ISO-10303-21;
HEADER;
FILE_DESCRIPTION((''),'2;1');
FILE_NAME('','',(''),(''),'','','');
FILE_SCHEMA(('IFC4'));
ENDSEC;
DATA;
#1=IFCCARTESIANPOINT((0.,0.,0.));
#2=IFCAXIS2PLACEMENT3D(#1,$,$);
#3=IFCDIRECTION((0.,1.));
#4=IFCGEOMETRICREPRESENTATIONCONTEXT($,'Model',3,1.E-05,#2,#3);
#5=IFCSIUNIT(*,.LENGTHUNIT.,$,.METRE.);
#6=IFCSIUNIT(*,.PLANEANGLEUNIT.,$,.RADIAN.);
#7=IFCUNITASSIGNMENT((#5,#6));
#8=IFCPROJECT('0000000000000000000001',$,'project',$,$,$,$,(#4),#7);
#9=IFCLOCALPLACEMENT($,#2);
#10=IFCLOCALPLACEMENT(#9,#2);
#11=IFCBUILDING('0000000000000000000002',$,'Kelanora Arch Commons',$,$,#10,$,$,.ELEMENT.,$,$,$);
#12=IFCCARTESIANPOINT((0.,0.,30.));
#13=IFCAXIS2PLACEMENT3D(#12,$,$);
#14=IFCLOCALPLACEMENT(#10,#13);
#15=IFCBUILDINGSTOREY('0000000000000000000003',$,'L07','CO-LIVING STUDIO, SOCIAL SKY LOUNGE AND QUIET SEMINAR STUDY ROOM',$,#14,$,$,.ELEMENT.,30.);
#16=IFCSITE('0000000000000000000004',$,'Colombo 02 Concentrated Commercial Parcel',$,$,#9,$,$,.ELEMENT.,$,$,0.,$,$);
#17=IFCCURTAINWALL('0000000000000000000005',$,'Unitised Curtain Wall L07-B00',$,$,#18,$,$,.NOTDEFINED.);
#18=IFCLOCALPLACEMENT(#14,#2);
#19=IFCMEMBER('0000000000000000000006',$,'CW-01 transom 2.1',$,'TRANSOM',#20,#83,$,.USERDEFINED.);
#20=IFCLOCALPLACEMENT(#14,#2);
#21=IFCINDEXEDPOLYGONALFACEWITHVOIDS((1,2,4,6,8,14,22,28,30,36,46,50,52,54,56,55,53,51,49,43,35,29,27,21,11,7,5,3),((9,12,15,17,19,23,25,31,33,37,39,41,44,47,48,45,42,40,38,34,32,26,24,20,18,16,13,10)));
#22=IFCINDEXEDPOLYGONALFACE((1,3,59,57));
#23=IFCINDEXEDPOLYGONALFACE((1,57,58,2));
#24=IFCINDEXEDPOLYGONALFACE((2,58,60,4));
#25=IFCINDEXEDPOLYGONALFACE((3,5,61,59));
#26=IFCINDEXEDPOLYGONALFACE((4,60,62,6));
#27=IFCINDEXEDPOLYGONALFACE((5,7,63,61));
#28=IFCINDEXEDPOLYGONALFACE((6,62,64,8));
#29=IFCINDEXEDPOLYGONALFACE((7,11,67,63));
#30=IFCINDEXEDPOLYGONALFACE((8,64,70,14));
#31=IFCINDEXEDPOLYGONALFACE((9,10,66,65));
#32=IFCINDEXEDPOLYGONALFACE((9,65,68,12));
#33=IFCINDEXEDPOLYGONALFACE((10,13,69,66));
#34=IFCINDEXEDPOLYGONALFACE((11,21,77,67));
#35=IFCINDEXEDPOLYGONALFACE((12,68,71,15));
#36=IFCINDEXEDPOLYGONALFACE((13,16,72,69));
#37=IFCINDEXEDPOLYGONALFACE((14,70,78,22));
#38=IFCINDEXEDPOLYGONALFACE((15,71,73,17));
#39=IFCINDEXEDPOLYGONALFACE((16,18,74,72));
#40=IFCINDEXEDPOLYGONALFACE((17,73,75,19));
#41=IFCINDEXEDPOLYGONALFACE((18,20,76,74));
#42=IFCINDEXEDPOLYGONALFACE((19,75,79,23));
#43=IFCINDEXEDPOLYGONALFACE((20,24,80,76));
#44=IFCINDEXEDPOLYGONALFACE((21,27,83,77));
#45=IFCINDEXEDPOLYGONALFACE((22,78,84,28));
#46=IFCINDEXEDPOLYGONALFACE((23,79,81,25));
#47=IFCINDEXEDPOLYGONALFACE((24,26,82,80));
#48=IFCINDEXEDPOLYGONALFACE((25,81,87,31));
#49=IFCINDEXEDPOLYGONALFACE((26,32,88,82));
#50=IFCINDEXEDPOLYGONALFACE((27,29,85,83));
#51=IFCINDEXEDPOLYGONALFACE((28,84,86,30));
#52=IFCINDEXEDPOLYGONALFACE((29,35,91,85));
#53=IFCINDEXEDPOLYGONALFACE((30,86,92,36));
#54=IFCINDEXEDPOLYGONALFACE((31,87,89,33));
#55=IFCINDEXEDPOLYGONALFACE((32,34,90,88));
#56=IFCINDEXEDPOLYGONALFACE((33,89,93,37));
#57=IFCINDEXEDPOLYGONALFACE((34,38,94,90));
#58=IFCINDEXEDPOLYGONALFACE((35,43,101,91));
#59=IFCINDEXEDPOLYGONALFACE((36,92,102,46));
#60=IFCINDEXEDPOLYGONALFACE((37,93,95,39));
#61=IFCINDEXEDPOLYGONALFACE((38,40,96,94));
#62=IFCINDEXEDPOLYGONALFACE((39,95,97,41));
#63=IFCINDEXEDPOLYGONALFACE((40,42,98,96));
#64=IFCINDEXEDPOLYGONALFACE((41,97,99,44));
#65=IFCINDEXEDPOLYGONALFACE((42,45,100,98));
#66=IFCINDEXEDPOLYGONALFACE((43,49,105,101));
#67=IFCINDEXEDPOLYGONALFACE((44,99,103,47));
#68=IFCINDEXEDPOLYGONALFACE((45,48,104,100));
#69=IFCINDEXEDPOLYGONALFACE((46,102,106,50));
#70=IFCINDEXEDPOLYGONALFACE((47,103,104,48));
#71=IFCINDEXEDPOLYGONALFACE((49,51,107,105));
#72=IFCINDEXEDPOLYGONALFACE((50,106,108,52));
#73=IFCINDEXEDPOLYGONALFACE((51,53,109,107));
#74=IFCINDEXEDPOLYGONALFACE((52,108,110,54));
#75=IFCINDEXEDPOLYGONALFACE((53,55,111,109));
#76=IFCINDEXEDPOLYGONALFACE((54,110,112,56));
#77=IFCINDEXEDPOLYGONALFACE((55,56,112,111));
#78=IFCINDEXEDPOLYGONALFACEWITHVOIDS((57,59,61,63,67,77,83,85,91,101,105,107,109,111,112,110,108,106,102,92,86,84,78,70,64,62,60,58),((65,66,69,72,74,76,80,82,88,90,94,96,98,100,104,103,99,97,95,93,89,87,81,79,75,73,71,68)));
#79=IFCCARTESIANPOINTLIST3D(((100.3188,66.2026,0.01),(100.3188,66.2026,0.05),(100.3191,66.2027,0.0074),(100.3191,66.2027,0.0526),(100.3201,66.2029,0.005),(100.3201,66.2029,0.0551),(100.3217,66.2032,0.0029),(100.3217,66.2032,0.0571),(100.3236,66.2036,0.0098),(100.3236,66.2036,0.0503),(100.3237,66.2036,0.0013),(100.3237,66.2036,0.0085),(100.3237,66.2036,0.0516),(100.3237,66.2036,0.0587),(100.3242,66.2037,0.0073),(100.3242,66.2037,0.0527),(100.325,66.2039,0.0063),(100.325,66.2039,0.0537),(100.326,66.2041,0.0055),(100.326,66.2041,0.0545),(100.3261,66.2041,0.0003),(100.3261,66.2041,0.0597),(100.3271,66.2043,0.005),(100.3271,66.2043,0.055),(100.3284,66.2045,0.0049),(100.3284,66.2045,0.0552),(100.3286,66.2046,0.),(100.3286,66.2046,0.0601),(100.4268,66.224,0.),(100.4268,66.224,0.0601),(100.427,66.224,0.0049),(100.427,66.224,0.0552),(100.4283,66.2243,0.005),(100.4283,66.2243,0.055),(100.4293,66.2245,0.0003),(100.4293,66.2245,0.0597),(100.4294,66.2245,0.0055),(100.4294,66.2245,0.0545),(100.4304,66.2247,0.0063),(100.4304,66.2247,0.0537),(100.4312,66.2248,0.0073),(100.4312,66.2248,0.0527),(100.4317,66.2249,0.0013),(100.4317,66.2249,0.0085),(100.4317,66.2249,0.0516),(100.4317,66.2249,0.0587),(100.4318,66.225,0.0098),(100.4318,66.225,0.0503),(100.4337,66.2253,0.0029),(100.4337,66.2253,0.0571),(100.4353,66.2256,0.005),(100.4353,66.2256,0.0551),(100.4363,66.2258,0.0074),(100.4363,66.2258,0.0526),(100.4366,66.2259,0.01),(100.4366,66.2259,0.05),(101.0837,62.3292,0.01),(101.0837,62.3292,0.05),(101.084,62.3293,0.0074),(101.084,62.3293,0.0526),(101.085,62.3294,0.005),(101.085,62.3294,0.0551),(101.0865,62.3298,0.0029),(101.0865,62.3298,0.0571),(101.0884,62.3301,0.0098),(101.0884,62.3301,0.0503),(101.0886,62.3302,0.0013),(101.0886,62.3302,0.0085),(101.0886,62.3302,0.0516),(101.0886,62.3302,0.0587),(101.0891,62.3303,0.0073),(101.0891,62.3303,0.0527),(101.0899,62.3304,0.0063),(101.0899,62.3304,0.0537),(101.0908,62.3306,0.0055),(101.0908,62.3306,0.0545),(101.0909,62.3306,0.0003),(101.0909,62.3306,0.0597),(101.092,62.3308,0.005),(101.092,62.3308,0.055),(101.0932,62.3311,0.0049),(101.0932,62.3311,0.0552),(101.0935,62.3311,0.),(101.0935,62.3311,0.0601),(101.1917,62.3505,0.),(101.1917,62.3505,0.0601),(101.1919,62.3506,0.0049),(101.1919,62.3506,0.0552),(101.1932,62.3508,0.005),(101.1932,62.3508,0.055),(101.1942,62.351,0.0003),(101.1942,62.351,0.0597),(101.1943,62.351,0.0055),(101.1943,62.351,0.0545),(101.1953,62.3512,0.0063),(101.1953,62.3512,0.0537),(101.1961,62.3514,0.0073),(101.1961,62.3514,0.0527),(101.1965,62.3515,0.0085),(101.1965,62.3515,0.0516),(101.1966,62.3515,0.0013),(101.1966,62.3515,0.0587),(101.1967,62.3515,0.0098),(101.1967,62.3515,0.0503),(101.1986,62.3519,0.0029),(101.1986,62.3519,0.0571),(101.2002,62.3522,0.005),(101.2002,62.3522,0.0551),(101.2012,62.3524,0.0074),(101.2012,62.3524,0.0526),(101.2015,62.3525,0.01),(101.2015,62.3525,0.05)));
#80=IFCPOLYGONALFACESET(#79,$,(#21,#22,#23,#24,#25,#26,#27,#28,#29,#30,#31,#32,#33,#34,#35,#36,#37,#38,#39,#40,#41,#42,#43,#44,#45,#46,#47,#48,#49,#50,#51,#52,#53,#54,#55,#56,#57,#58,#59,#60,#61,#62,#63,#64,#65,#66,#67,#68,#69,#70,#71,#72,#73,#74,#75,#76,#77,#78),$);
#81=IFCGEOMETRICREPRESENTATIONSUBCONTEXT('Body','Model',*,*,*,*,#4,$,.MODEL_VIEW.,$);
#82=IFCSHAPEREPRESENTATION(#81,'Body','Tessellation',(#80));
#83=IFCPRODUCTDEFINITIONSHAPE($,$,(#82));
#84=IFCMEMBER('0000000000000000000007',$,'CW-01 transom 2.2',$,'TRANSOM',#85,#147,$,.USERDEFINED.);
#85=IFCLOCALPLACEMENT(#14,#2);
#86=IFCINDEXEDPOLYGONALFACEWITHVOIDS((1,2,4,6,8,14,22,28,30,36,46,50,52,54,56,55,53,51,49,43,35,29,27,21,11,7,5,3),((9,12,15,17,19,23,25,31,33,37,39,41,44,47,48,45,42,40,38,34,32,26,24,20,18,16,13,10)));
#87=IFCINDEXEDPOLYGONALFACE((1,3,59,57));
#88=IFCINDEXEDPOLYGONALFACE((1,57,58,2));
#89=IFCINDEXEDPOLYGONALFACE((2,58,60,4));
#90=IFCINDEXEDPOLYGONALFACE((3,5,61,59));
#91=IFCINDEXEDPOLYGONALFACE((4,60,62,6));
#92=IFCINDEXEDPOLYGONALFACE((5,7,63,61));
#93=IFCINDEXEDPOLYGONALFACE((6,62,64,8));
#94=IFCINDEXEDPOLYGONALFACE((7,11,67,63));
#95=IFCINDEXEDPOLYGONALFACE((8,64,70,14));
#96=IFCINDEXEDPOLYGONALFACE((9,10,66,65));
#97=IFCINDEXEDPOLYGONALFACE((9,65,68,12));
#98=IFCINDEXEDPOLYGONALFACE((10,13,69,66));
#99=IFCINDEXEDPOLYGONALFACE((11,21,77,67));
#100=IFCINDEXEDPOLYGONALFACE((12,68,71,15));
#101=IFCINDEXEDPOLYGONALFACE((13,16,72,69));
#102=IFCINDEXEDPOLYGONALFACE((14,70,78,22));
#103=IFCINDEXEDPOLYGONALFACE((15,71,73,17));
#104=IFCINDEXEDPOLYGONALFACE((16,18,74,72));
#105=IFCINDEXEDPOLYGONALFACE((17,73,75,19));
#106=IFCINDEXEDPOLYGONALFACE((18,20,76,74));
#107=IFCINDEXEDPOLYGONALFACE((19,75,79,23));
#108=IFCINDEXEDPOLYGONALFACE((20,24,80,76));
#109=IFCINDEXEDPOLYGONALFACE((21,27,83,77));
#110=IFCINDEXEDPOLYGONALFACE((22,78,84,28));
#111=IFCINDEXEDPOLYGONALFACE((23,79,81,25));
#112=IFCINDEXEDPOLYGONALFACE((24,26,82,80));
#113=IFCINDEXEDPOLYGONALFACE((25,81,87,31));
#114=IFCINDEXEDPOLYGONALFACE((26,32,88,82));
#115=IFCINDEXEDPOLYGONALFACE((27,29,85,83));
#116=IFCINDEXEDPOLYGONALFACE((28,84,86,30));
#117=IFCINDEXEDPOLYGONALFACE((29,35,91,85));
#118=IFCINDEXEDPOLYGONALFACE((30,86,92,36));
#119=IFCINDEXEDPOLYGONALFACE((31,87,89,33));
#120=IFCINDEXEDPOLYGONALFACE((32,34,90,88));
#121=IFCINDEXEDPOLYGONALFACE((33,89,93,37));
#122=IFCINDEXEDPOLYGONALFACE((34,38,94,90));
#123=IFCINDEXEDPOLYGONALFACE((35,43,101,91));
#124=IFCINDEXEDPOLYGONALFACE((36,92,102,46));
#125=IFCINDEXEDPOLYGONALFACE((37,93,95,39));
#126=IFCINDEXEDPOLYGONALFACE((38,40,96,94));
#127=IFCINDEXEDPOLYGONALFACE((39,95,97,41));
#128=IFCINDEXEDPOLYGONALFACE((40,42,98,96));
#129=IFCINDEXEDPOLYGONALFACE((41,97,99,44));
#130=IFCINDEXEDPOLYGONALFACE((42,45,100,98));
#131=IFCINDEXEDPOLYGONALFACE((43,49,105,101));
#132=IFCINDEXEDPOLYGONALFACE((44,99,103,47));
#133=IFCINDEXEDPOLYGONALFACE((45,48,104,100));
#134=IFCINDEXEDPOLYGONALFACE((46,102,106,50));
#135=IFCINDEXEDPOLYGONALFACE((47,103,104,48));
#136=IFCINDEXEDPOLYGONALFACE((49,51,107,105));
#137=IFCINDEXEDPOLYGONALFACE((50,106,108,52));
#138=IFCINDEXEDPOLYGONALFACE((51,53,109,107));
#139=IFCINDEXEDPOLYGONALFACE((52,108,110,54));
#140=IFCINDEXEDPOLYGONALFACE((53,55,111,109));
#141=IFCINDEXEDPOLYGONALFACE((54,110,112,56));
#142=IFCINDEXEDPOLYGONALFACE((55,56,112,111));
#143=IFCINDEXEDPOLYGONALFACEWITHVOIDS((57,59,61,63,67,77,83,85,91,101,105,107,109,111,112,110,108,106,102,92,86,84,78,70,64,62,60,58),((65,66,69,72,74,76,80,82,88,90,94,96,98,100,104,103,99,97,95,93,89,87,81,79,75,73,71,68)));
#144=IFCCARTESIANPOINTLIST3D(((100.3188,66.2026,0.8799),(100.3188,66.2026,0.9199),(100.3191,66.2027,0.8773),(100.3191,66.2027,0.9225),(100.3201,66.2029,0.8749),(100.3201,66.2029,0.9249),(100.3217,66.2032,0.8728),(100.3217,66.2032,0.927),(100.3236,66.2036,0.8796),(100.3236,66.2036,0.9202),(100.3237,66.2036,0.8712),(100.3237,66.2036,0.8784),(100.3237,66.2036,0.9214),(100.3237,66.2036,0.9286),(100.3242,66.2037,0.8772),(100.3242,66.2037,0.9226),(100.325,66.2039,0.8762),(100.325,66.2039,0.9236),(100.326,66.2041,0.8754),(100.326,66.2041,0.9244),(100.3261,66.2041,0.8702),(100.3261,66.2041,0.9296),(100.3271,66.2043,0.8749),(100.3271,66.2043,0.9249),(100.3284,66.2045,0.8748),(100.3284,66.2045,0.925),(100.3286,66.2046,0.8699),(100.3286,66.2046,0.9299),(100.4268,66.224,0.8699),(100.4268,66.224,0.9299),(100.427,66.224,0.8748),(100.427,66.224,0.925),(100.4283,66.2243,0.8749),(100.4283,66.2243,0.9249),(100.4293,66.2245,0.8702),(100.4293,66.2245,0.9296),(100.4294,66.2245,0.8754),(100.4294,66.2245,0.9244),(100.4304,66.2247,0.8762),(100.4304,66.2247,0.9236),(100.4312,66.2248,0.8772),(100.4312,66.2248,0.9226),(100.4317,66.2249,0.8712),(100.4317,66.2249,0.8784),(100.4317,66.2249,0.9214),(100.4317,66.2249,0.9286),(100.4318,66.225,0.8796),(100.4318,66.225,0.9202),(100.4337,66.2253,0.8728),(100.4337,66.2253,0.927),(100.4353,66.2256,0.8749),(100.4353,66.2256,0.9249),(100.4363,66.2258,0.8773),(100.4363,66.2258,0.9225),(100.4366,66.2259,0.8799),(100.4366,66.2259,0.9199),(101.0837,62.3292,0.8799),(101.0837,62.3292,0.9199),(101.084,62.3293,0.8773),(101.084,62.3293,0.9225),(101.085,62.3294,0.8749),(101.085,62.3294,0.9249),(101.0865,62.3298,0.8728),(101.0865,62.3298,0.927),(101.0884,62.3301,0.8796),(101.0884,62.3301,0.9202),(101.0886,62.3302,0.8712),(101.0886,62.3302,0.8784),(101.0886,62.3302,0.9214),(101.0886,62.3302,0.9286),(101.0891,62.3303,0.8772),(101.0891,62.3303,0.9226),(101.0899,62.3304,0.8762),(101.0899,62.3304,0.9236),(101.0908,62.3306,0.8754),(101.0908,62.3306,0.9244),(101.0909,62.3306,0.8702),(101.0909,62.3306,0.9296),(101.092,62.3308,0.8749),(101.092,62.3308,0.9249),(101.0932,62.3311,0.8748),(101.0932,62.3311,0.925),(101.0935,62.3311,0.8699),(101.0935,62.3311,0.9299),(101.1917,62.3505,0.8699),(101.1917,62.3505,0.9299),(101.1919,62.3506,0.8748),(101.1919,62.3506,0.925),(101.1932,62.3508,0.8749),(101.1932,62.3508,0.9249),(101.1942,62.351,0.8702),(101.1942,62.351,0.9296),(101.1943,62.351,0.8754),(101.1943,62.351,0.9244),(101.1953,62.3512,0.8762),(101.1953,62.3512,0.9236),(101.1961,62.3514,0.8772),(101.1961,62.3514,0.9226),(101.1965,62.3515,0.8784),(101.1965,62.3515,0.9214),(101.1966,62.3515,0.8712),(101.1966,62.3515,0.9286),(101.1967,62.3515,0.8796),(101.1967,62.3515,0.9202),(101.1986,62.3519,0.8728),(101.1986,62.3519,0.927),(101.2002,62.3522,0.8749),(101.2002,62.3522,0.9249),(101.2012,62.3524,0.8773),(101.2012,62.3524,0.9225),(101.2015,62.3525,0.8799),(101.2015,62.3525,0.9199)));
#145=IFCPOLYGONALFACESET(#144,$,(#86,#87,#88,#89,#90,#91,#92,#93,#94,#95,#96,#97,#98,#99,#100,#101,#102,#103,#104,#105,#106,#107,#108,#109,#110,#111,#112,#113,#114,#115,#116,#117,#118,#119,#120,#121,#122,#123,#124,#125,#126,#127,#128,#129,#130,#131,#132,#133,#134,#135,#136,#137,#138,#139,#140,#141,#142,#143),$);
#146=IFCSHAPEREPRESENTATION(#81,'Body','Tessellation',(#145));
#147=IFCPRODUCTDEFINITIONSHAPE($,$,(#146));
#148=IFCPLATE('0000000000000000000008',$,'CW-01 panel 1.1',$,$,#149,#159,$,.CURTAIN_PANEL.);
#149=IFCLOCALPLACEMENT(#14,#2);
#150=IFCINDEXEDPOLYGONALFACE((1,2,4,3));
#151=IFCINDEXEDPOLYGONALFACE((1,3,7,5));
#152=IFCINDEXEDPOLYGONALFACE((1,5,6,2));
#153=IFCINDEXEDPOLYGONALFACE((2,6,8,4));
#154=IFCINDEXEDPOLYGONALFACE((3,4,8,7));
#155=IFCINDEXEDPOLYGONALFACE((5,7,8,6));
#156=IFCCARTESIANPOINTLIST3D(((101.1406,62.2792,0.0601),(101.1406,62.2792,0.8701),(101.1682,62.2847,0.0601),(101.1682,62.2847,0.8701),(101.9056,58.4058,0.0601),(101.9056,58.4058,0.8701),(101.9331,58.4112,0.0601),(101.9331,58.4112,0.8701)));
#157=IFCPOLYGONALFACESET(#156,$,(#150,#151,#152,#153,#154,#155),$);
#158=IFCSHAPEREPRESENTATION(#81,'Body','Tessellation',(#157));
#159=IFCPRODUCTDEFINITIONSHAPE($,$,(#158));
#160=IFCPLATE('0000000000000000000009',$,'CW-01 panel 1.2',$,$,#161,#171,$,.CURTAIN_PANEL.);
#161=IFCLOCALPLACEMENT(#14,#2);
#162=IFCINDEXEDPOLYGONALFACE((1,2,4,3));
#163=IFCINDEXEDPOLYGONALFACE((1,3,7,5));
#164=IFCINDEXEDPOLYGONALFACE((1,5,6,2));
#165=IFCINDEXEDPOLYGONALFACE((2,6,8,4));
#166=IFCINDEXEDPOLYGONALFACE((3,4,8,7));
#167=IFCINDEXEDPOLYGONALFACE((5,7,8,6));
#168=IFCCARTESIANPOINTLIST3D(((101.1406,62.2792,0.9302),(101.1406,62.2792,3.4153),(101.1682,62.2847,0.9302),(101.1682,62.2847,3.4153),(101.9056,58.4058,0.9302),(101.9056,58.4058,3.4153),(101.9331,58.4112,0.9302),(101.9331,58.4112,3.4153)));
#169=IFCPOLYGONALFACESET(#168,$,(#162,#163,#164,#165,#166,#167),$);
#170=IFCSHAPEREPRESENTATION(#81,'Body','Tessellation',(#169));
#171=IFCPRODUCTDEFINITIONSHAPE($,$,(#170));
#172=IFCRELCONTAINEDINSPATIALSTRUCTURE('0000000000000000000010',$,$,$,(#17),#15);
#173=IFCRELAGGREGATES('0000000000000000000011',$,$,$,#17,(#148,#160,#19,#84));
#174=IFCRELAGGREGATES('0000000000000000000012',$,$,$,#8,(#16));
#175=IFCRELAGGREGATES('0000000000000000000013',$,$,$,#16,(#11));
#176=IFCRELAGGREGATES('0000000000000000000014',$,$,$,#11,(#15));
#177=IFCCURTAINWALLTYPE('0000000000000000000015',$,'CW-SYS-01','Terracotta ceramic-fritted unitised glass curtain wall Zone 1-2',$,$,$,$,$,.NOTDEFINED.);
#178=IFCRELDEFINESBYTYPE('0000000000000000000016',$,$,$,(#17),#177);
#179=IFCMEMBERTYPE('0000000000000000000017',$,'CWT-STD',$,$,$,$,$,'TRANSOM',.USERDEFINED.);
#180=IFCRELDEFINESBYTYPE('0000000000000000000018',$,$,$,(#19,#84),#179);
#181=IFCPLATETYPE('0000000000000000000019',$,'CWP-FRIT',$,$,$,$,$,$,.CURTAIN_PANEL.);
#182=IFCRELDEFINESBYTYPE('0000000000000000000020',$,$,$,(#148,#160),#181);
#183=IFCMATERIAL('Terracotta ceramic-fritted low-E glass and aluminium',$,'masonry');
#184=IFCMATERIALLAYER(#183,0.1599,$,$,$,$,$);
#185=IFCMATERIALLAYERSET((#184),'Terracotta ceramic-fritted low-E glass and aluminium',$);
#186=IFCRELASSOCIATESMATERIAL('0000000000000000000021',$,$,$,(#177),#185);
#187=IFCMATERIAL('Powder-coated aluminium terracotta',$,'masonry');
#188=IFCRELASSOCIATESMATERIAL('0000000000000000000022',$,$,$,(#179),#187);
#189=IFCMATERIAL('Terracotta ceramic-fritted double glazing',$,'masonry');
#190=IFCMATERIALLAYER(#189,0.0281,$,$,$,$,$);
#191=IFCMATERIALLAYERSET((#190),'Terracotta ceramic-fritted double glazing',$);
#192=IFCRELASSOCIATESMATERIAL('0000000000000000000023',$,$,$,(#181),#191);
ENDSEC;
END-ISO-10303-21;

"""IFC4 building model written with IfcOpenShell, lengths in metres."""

from ifc_helpers import new_model, si_unit, direction, frame, origin, origin_2d, place, context, subcontext, project, spatial, rectangle, hollow_rectangle, extrude, source, transform, mapped, material, layer, layer_set, material_profile, profile_set, type_object, element, aggregate, save


model = new_model("IFC4")

# Units and contexts
model_context = context("Model", 3, precision=1e-05, world=origin(), true_north=direction((0.0, 1.0)))
body_context = subcontext(model_context, "Body", "Model", "MODEL_VIEW")
ifc_project = project(units=[si_unit("LENGTHUNIT", "METRE"), si_unit("PLANEANGLEUNIT", "RADIAN")], contexts=[model_context])

# Site, building, storey
site_placement = place(None, origin())
site = spatial("IfcSite", under=ifc_project, at=site_placement, Name="Colombo 02 Concentrated Commercial Parcel", CompositionType="ELEMENT", RefElevation=0.0)
building_placement = place(site_placement, origin())
building = spatial("IfcBuilding", under=site, at=building_placement, Name="Kelanora Arch Commons", CompositionType="ELEMENT")
storey_placement = place(building_placement, frame((0.0, 0.0, 30.0)))
storey = spatial("IfcBuildingStorey", under=building, at=storey_placement, Name="L07", Description="CO-LIVING STUDIO, SOCIAL SKY LOUNGE AND QUIET SEMINAR STUDY ROOM", CompositionType="ELEMENT", Elevation=30.0)

# Curtain wall, members, plates
ifc_material_1 = material(Name="Terracotta ceramic-fritted low-E glass and aluminium", Category="masonry")
ifc_layer_1 = layer(ifc_material_1, 0.1599)
ifc_layer_set_1 = layer_set([ifc_layer_1], Name="Terracotta ceramic-fritted low-E glass and aluminium")
curtain_wall_type = type_object("IfcCurtainWallType", Name="CW-SYS-01", Description="Terracotta ceramic-fritted unitised glass curtain wall Zone 1-2", PredefinedType="NOTDEFINED", material=ifc_layer_set_1)
curtain_wall_placement = place(storey_placement, origin())
curtain_wall = element("IfcCurtainWall", 1, at=curtain_wall_placement, inside=storey, type_object=curtain_wall_type, Name="Unitised Curtain Wall L07-B00", PredefinedType="NOTDEFINED")
ifc_material_2 = material(Name="Powder-coated aluminium terracotta", Category="masonry")
ifc_material_profile_1 = material_profile(ifc_material_2, hollow_rectangle(XDim=0.1201, YDim=0.0601, WallThickness=0.0049, InnerFilletRadius=0.0049, OuterFilletRadius=0.01, at=origin_2d()), Name="CWT120x60")
ifc_profile_set_1 = profile_set([ifc_material_profile_1], Name="Powder-coated aluminium terracotta")
member_type_1 = type_object("IfcMemberType", Name="CWT-STD", ElementType="TRANSOM", PredefinedType="USERDEFINED", material=ifc_profile_set_1)
member_1_placement = place(storey_placement, frame((101.1426, 62.3408, 0.03), z_axis=(-0.193725, 0.981056, 0.0), x_axis=(-0.981056, -0.193725, 0.0)))
member_1 = element("IfcMember", 2, at=member_1_placement, type_object=member_type_1, Name="CW-01 transom 2.1", ObjectType="TRANSOM", PredefinedType="USERDEFINED", context=body_context, shape_type="SweptSolid", body=[
    extrude(hollow_rectangle(XDim=0.1201, YDim=0.0601, WallThickness=0.0049, InnerFilletRadius=0.0049, OuterFilletRadius=0.01, at=origin_2d()), origin(), (0.0, 0.0, 1.0), 3.9482),
])
member_2_placement = place(storey_placement, frame((101.1426, 62.3408, 0.8999), z_axis=(-0.193725, 0.981056, 0.0), x_axis=(-0.981056, -0.193725, 0.0)))
member_2 = element("IfcMember", 3, at=member_2_placement, type_object=member_type_1, Name="CW-01 transom 2.2", ObjectType="TRANSOM", PredefinedType="USERDEFINED", context=body_context, shape_type="SweptSolid", body=[
    extrude(hollow_rectangle(XDim=0.1201, YDim=0.0601, WallThickness=0.0049, InnerFilletRadius=0.0049, OuterFilletRadius=0.01, at=origin_2d()), origin(), (0.0, 0.0, 1.0), 3.9482),
])
ifc_material_3 = material(Name="Terracotta ceramic-fritted double glazing", Category="masonry")
ifc_layer_2 = layer(ifc_material_3, 0.0281)
ifc_layer_set_2 = layer_set([ifc_layer_2], Name="Terracotta ceramic-fritted double glazing")
plate_type = type_object("IfcPlateType", Name="CWP-FRIT", PredefinedType="CURTAIN_PANEL", material=ifc_layer_set_2)
shared_shape_1 = source(origin(), body_context, "Body", "SweptSolid", [
    extrude(rectangle(XDim=3.9482, YDim=0.0281, at=origin_2d()), origin(), (0.0, 0.0, 1.0), 0.8101),
])
plate_1_placement = place(storey_placement, frame((101.5369, 60.3452, 0.0601), z_axis=(0.0, 0.0, 1.0), x_axis=(-0.193744, 0.981052, 0.0)))
plate_1 = element("IfcPlate", 4, at=plate_1_placement, type_object=plate_type, Name="CW-01 panel 1.1", PredefinedType="CURTAIN_PANEL", context=body_context, shape_type="MappedRepresentation", body=[
    mapped(shared_shape_1, transform((0.0, 0.0, 0.0), scale=1.0)),
])
shared_shape_2 = source(origin(), body_context, "Body", "SweptSolid", [
    extrude(rectangle(XDim=3.9482, YDim=0.0281, at=origin_2d()), origin(), (0.0, 0.0, 1.0), 2.4851),
])
plate_2_placement = place(storey_placement, frame((101.5369, 60.3452, 0.9302), z_axis=(0.0, 0.0, 1.0), x_axis=(-0.193744, 0.981052, 0.0)))
plate_2 = element("IfcPlate", 5, at=plate_2_placement, type_object=plate_type, Name="CW-01 panel 1.2", PredefinedType="CURTAIN_PANEL", context=body_context, shape_type="MappedRepresentation", body=[
    mapped(shared_shape_2, transform((0.0, 0.0, 0.0), scale=1.0)),
])
aggregate(curtain_wall, [plate_1, plate_2, member_1, member_2])

save(model, "model.ifc")
